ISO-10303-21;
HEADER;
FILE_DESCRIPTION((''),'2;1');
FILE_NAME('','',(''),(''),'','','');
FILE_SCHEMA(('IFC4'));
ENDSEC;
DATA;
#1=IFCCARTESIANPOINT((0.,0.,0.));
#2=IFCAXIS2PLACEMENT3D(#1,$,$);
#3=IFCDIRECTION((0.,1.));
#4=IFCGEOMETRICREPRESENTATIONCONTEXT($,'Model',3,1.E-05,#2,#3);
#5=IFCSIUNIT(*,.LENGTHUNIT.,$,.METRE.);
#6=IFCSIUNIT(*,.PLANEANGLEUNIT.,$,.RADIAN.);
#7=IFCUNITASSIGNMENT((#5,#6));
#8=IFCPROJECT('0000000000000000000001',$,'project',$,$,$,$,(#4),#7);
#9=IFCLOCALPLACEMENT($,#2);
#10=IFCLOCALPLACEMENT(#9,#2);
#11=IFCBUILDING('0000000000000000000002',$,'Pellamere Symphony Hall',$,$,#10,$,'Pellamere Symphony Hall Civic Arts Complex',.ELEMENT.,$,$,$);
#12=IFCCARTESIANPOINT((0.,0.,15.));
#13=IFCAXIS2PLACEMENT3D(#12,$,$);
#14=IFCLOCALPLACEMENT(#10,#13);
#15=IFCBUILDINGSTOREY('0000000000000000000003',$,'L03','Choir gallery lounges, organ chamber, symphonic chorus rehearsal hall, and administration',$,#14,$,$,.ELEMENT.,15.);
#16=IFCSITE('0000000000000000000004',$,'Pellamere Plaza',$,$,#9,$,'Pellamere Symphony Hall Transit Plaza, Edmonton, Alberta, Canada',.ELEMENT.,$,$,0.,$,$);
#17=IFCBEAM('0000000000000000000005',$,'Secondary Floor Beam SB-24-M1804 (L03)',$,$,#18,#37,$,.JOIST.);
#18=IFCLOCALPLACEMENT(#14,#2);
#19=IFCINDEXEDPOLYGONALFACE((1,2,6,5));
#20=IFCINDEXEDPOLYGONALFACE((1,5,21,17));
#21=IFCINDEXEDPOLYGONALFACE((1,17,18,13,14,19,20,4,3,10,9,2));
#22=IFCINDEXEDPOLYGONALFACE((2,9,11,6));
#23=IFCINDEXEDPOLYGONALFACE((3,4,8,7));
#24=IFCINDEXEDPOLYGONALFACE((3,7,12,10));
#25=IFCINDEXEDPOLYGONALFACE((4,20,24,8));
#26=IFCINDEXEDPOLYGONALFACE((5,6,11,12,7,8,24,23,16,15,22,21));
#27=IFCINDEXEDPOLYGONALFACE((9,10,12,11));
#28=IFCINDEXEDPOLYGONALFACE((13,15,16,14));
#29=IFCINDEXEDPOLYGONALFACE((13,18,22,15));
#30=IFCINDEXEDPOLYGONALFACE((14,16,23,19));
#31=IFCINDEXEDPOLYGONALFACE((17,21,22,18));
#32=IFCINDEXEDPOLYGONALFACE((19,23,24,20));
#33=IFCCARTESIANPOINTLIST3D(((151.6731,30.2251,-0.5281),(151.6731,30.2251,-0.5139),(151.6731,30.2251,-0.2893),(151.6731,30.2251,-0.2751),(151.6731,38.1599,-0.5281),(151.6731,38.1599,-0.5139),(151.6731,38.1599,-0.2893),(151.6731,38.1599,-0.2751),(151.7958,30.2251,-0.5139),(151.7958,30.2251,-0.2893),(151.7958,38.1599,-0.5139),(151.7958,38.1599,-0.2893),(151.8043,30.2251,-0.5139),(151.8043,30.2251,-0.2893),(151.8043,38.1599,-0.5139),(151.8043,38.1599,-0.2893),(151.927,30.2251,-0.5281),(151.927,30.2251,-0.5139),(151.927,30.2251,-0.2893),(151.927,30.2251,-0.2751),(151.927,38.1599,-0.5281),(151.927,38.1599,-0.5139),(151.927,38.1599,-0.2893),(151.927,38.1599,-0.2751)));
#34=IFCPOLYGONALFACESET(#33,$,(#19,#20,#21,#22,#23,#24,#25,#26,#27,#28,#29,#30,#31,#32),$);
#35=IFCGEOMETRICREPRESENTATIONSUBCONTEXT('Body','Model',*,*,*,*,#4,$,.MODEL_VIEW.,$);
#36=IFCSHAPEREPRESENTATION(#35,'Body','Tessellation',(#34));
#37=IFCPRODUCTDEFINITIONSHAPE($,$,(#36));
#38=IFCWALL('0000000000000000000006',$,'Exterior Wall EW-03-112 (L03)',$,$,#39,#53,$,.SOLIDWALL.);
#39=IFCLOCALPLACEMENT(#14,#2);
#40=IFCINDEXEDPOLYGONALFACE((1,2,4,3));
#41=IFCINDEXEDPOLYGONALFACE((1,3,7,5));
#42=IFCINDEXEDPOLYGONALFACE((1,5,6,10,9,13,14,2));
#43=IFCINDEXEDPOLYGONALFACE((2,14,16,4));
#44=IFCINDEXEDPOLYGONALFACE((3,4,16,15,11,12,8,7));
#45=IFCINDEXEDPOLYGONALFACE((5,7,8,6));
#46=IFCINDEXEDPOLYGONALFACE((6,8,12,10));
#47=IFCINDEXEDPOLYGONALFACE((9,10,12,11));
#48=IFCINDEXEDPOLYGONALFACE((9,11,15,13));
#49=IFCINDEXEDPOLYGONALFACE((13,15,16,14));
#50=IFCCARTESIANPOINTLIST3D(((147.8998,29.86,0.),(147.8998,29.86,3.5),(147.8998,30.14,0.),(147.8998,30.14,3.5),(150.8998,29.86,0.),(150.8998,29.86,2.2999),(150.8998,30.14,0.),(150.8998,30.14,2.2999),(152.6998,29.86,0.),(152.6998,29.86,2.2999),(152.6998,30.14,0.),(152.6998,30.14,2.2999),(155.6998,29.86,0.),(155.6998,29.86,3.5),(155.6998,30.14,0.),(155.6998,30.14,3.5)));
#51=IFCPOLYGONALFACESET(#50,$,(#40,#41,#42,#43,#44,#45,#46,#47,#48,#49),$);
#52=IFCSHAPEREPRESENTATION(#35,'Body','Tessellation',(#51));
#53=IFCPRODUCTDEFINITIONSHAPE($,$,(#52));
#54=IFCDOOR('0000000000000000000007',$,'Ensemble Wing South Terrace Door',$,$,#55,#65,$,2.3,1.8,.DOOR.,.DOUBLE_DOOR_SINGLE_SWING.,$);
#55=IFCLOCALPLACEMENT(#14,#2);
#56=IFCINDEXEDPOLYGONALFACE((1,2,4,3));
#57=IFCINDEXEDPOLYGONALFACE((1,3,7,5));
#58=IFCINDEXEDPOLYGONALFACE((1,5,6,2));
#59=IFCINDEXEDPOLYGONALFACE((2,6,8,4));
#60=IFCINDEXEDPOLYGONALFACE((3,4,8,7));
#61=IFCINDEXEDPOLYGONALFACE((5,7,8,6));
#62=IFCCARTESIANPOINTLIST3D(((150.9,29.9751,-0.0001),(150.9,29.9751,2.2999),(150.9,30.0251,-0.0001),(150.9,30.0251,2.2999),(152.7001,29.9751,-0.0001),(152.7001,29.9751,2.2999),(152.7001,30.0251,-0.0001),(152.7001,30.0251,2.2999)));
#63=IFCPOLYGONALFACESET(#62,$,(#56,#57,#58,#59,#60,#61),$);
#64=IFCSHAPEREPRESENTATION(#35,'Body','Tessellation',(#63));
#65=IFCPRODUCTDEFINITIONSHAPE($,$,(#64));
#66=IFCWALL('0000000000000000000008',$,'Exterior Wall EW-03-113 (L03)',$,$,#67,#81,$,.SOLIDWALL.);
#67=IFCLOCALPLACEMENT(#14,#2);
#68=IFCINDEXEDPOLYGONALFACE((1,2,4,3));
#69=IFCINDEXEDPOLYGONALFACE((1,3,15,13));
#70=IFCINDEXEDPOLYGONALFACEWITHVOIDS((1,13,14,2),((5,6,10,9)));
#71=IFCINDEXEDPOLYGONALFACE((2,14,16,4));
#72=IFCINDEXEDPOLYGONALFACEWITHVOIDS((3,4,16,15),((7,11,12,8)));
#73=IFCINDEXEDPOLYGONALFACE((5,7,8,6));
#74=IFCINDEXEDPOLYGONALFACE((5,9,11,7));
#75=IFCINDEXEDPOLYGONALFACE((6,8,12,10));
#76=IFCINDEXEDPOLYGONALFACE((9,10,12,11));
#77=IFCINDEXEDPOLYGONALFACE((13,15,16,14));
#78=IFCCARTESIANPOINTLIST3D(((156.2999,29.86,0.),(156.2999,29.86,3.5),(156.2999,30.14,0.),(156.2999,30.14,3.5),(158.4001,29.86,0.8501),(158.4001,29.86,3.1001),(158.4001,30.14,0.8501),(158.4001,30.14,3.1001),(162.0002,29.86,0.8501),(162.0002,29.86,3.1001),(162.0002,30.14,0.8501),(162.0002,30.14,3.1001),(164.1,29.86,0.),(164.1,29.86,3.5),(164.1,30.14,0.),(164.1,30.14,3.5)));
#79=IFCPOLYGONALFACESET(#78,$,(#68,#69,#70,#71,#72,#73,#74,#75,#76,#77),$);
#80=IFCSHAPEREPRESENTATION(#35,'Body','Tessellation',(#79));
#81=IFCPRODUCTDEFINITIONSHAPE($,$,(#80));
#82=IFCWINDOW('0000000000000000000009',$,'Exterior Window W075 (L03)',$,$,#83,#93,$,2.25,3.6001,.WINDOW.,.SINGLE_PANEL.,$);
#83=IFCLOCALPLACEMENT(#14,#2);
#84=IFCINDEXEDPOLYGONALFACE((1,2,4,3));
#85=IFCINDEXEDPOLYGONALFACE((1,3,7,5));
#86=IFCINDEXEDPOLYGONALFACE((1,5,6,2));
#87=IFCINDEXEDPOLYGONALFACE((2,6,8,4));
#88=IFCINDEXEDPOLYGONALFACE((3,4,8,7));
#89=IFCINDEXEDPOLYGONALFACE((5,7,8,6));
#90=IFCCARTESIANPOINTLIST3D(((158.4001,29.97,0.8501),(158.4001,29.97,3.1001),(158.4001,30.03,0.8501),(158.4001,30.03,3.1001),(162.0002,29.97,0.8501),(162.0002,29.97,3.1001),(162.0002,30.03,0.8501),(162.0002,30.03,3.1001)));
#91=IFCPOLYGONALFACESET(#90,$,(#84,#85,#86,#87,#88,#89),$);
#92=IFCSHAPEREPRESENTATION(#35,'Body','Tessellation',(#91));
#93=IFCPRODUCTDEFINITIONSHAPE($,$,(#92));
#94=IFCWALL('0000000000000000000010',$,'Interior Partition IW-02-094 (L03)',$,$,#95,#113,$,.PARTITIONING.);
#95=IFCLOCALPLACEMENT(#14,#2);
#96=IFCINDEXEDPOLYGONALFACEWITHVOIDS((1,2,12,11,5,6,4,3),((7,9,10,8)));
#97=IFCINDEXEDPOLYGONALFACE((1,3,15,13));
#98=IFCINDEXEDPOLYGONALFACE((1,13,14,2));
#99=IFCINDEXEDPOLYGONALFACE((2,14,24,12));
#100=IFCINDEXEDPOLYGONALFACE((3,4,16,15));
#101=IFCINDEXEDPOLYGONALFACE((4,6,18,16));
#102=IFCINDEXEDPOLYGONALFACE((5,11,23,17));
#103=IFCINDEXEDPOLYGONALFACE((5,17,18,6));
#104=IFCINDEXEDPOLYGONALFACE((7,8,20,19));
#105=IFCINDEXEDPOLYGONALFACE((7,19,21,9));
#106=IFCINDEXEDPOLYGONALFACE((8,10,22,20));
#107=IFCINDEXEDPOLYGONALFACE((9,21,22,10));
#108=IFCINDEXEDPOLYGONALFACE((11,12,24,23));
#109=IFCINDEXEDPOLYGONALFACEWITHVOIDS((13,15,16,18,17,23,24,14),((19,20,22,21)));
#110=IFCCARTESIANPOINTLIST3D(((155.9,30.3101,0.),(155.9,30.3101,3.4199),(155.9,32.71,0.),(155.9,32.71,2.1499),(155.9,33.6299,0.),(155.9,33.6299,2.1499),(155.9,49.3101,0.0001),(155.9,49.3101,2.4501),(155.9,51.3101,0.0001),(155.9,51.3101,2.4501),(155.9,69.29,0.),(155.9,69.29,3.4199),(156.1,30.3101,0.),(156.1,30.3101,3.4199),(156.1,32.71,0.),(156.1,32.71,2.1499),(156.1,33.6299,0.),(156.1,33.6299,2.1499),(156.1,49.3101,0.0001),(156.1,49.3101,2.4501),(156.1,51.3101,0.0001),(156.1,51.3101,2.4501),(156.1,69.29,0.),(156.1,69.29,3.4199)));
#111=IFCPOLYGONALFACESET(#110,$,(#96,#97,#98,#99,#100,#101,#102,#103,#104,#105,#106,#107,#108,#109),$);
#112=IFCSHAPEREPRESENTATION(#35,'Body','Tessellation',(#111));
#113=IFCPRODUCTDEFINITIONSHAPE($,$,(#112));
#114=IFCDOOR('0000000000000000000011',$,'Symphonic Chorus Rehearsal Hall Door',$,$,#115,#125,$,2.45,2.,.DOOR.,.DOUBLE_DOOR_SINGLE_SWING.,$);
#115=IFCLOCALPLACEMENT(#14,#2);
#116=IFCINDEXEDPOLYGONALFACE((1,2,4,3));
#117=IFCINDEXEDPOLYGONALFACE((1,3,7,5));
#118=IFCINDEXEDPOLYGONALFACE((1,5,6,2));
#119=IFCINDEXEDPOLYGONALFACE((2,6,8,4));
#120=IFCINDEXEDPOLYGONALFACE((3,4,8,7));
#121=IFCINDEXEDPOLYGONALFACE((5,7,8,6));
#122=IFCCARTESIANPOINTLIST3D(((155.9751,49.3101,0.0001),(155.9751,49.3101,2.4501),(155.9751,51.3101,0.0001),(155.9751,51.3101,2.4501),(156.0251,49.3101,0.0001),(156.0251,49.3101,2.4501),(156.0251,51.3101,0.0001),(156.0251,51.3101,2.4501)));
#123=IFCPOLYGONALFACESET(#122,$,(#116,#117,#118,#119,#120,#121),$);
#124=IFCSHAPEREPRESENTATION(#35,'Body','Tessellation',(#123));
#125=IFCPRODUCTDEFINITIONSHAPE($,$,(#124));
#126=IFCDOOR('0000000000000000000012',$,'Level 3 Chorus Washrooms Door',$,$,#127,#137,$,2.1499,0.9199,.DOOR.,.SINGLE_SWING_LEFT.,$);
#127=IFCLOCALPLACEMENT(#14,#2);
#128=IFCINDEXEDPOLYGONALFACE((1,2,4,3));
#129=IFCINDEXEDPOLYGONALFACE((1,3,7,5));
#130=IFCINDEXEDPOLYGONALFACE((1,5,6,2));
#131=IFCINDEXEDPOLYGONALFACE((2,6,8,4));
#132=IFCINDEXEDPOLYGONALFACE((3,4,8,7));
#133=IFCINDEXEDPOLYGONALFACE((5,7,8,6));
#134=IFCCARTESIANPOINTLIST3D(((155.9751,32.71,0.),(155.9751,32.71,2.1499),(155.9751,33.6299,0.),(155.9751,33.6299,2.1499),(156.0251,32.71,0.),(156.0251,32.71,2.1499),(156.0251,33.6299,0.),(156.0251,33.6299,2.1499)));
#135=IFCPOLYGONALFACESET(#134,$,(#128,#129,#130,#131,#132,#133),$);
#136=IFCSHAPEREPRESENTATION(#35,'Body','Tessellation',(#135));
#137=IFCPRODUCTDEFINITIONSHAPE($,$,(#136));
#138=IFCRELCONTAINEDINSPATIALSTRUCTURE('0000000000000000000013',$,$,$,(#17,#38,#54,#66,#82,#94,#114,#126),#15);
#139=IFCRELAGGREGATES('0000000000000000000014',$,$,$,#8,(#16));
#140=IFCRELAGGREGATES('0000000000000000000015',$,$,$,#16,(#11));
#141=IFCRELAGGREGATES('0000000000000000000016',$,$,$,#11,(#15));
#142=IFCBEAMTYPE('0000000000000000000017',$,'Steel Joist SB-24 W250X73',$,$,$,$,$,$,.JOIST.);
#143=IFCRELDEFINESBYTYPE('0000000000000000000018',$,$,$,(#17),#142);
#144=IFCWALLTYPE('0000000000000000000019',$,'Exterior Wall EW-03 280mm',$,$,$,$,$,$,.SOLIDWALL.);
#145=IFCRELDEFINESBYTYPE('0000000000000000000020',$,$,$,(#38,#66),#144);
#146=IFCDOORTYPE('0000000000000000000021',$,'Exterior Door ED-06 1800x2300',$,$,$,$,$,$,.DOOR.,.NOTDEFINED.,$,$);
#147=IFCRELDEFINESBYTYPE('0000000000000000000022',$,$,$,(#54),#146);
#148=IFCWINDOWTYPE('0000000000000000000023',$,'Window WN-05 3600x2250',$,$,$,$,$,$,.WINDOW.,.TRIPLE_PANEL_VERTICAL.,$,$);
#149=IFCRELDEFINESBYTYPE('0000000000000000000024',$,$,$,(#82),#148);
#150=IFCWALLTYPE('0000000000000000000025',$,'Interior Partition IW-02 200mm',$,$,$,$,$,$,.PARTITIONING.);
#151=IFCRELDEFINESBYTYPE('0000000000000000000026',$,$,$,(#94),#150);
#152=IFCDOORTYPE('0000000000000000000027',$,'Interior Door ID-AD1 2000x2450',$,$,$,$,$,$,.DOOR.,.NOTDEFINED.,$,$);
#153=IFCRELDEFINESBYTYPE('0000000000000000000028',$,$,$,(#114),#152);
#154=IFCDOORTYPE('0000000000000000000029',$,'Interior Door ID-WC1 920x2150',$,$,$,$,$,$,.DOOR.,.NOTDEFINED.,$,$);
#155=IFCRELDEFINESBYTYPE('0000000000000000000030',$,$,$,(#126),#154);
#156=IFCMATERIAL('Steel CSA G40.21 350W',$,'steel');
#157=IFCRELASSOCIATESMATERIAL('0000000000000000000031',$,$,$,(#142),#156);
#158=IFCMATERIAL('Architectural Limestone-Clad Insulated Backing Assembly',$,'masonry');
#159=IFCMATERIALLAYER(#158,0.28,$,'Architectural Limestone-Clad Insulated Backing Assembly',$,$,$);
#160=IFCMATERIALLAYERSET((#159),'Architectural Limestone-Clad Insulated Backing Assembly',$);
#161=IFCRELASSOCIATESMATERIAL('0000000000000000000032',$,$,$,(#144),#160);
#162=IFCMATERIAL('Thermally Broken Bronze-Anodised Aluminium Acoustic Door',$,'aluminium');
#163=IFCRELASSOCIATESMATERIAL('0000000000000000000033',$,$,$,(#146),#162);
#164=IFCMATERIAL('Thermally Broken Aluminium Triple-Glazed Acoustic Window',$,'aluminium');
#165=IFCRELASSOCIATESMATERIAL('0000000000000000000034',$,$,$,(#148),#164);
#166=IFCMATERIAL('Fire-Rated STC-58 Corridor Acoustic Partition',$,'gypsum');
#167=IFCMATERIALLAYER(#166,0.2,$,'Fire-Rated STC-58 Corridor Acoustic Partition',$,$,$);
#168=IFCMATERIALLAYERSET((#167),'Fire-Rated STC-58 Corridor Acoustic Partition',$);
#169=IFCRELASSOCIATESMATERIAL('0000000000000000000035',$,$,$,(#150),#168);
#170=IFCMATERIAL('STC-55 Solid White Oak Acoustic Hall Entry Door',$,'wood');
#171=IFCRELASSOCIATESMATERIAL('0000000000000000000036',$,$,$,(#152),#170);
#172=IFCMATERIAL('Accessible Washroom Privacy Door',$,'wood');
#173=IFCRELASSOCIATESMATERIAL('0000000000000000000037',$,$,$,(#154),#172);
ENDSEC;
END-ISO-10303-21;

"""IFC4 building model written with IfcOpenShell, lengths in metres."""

from ifc_helpers import new_model, si_unit, direction, frame, frame_2d, origin, origin_2d, place, context, subcontext, project, spatial, rectangle, i_section, extrude, material, layer, layer_set, material_profile, profile_set, type_object, element, fill, save


model = new_model("IFC4")

# Units and contexts
model_context = context("Model", 3, precision=1e-05, world=origin(), true_north=direction((0.0, 1.0)))
body_context = subcontext(model_context, "Body", "Model", "MODEL_VIEW")
ifc_project = project(units=[si_unit("LENGTHUNIT", "METRE"), si_unit("PLANEANGLEUNIT", "RADIAN")], contexts=[model_context])

# Site, building, storey
site_placement = place(None, origin())
site = spatial("IfcSite", under=ifc_project, at=site_placement, Name="Pellamere Plaza", LongName="Pellamere Symphony Hall Transit Plaza, Edmonton, Alberta, Canada", CompositionType="ELEMENT", RefElevation=0.0)
building_placement = place(site_placement, origin())
building = spatial("IfcBuilding", under=site, at=building_placement, Name="Pellamere Symphony Hall", LongName="Pellamere Symphony Hall Civic Arts Complex", CompositionType="ELEMENT")
storey_placement = place(building_placement, frame((0.0, 0.0, 15.0)))
storey = spatial("IfcBuildingStorey", under=building, at=storey_placement, Name="L03", Description="Choir gallery lounges, organ chamber, symphonic chorus rehearsal hall, and administration", CompositionType="ELEMENT", Elevation=15.0)

# Beam
ifc_material_1 = material(Name="Steel CSA G40.21 350W", Category="steel")
ifc_material_profile_1 = material_profile(ifc_material_1, i_section(OverallWidth=0.2539, OverallDepth=0.2529, WebThickness=0.0085, FlangeThickness=0.0142, at=origin_2d()), Name="W250X73")
ifc_profile_set_1 = profile_set([ifc_material_profile_1], Name="Steel CSA G40.21 350W")
beam_type_1 = type_object("IfcBeamType", Name="Steel Joist SB-24 W250X73", PredefinedType="JOIST", material=ifc_profile_set_1)
beam_1_placement = place(storey_placement, frame((151.8, 30.2251, -0.4016), z_axis=(0.0, 1.0, 0.0), x_axis=(-1.0, 0.0, 0.0)))
element("IfcBeam", 1, at=beam_1_placement, inside=storey, type_object=beam_type_1, Name="Secondary Floor Beam SB-24-M1804 (L03)", PredefinedType="JOIST", context=body_context, shape_type="SweptSolid", body=[
    extrude(i_section(OverallWidth=0.2539, OverallDepth=0.2529, WebThickness=0.0085, FlangeThickness=0.0142, at=origin_2d()), origin(), (0.0, 0.0, 1.0), 7.9348),
])

# Wall, opening, door
ifc_material_2 = material(Name="Architectural Limestone-Clad Insulated Backing Assembly", Category="masonry")
ifc_layer_1 = layer(ifc_material_2, 0.28, Name="Architectural Limestone-Clad Insulated Backing Assembly")
ifc_layer_set_1 = layer_set([ifc_layer_1], Name="Architectural Limestone-Clad Insulated Backing Assembly")
wall_type_1 = type_object("IfcWallType", Name="Exterior Wall EW-03 280mm", PredefinedType="SOLIDWALL", material=ifc_layer_set_1)
wall_1_placement = place(storey_placement, frame((147.8999, 30.0, 0.0), z_axis=(0.0, 0.0, 1.0), x_axis=(1.0, 0.0, 0.0)))
wall_1 = element("IfcWall", 2, at=wall_1_placement, inside=storey, type_object=wall_type_1, Name="Exterior Wall EW-03-112 (L03)", PredefinedType="SOLIDWALL", context=body_context, shape_type="SweptSolid", body=[
    extrude(rectangle(XDim=7.8, YDim=0.28, at=frame_2d((3.8999, 0.0))), origin(), (0.0, 0.0, 1.0), 3.5),
])
opening_1_placement = place(wall_1_placement, frame((3.0, 0.0, 0.0)))
opening_1 = element("IfcOpeningElement", 3, at=opening_1_placement, cuts=wall_1, PredefinedType="OPENING", context=body_context, shape_type="SweptSolid", body=[
    extrude(rectangle(XDim=1.8, YDim=2.3, at=frame_2d((0.8999, 1.1499))), frame((0.0, 0.1499, 0.0), z_axis=(0.0, -1.0, 0.0), x_axis=(1.0, 0.0, 0.0)), (0.0, 0.0, 1.0), 0.3),
])
ifc_material_3 = material(Name="Thermally Broken Bronze-Anodised Aluminium Acoustic Door", Category="aluminium")
door_type_1 = type_object("IfcDoorType", Name="Exterior Door ED-06 1800x2300", OperationType="NOTDEFINED", PredefinedType="DOOR", material=ifc_material_3)
door_1_placement = place(opening_1_placement, frame((1.8, 0.0, 0.0), z_axis=(0.0, 0.0, 1.0), x_axis=(-1.0, 0.0, 0.0)))
door_1 = element("IfcDoor", 4, at=door_1_placement, inside=storey, type_object=door_type_1, Name="Ensemble Wing South Terrace Door", OperationType="DOUBLE_DOOR_SINGLE_SWING", OverallHeight=2.3, OverallWidth=1.8, PredefinedType="DOOR", context=body_context, shape_type="SweptSolid", body=[
    extrude(rectangle(XDim=1.8, YDim=2.3, at=frame_2d((0.8999, 1.1499))), frame((0.0, 0.0249, 0.0), z_axis=(0.0, -1.0, 0.0), x_axis=(1.0, 0.0, 0.0)), (0.0, 0.0, 1.0), 0.05),
])
fill(opening_1, door_1)

# Wall, opening, window
wall_2_placement = place(storey_placement, frame((156.3, 30.0, 0.0), z_axis=(0.0, 0.0, 1.0), x_axis=(1.0, 0.0, 0.0)))
wall_2 = element("IfcWall", 5, at=wall_2_placement, inside=storey, type_object=wall_type_1, Name="Exterior Wall EW-03-113 (L03)", PredefinedType="SOLIDWALL", context=body_context, shape_type="SweptSolid", body=[
    extrude(rectangle(XDim=7.8, YDim=0.28, at=frame_2d((3.8999, 0.0))), origin(), (0.0, 0.0, 1.0), 3.5),
])
opening_2_placement = place(wall_2_placement, frame((2.1001, 0.0, 0.8501)))
opening_2 = element("IfcOpeningElement", 6, at=opening_2_placement, cuts=wall_2, PredefinedType="OPENING", context=body_context, shape_type="SweptSolid", body=[
    extrude(rectangle(XDim=3.6001, YDim=2.25, at=frame_2d((1.8, 1.125))), frame((0.0, 0.1499, 0.0), z_axis=(0.0, -1.0, 0.0), x_axis=(1.0, 0.0, 0.0)), (0.0, 0.0, 1.0), 0.3),
])
ifc_material_4 = material(Name="Thermally Broken Aluminium Triple-Glazed Acoustic Window", Category="aluminium")
window_type = type_object("IfcWindowType", Name="Window WN-05 3600x2250", PartitioningType="TRIPLE_PANEL_VERTICAL", PredefinedType="WINDOW", material=ifc_material_4)
window_placement = place(opening_2_placement, origin())
window = element("IfcWindow", 7, at=window_placement, inside=storey, type_object=window_type, Name="Exterior Window W075 (L03)", OverallHeight=2.25, OverallWidth=3.6001, PartitioningType="SINGLE_PANEL", PredefinedType="WINDOW", context=body_context, shape_type="SweptSolid", body=[
    extrude(rectangle(XDim=3.6001, YDim=2.25, at=frame_2d((1.8, 1.125))), frame((0.0, 0.03, 0.0), z_axis=(0.0, -1.0, 0.0), x_axis=(1.0, 0.0, 0.0)), (0.0, 0.0, 1.0), 0.0601),
])
fill(opening_2, window)

# Wall, openings, doors
ifc_material_5 = material(Name="Fire-Rated STC-58 Corridor Acoustic Partition", Category="gypsum")
ifc_layer_2 = layer(ifc_material_5, 0.2, Name="Fire-Rated STC-58 Corridor Acoustic Partition")
ifc_layer_set_2 = layer_set([ifc_layer_2], Name="Fire-Rated STC-58 Corridor Acoustic Partition")
wall_type_2 = type_object("IfcWallType", Name="Interior Partition IW-02 200mm", PredefinedType="PARTITIONING", material=ifc_layer_set_2)
wall_3_placement = place(storey_placement, frame((156.0, 30.3101, 0.0), z_axis=(0.0, 0.0, 1.0), x_axis=(0.0, 1.0, 0.0)))
wall_3 = element("IfcWall", 8, at=wall_3_placement, inside=storey, type_object=wall_type_2, Name="Interior Partition IW-02-094 (L03)", PredefinedType="PARTITIONING", context=body_context, shape_type="SweptSolid", body=[
    extrude(rectangle(XDim=38.98, YDim=0.2, at=frame_2d((19.49, 0.0))), origin(), (0.0, 0.0, 1.0), 3.4199),
])
opening_3_placement = place(wall_3_placement, frame((2.3999, 0.0, 0.0)))
opening_3 = element("IfcOpeningElement", 9, at=opening_3_placement, cuts=wall_3, PredefinedType="OPENING", context=body_context, shape_type="SweptSolid", body=[
    extrude(rectangle(XDim=0.9199, YDim=2.1499, at=frame_2d((0.46, 1.075))), frame((0.0, 0.1099, 0.0), z_axis=(0.0, -1.0, 0.0), x_axis=(1.0, 0.0, 0.0)), (0.0, 0.0, 1.0), 0.22),
])
opening_4_placement = place(wall_3_placement, frame((19.0, 0.0, 0.0)))
opening_4 = element("IfcOpeningElement", 10, at=opening_4_placement, cuts=wall_3, PredefinedType="OPENING", context=body_context, shape_type="SweptSolid", body=[
    extrude(rectangle(XDim=2.0, YDim=2.45, at=frame_2d((1.0, 1.2251))), frame((0.0, 0.1099, 0.0), z_axis=(0.0, -1.0, 0.0), x_axis=(1.0, 0.0, 0.0)), (0.0, 0.0, 1.0), 0.22),
])
ifc_material_6 = material(Name="STC-55 Solid White Oak Acoustic Hall Entry Door", Category="wood")
door_type_2 = type_object("IfcDoorType", Name="Interior Door ID-AD1 2000x2450", OperationType="NOTDEFINED", PredefinedType="DOOR", material=ifc_material_6)
door_2_placement = place(opening_4_placement, origin())
door_2 = element("IfcDoor", 11, at=door_2_placement, inside=storey, type_object=door_type_2, Name="Symphonic Chorus Rehearsal Hall Door", OperationType="DOUBLE_DOOR_SINGLE_SWING", OverallHeight=2.45, OverallWidth=2.0, PredefinedType="DOOR", context=body_context, shape_type="SweptSolid", body=[
    extrude(rectangle(XDim=2.0, YDim=2.45, at=frame_2d((1.0, 1.2251))), frame((0.0, 0.0249, 0.0), z_axis=(0.0, -1.0, 0.0), x_axis=(1.0, 0.0, 0.0)), (0.0, 0.0, 1.0), 0.05),
])
fill(opening_4, door_2)
ifc_material_7 = material(Name="Accessible Washroom Privacy Door", Category="wood")
door_type_3 = type_object("IfcDoorType", Name="Interior Door ID-WC1 920x2150", OperationType="NOTDEFINED", PredefinedType="DOOR", material=ifc_material_7)
door_3_placement = place(opening_3_placement, origin())
door_3 = element("IfcDoor", 12, at=door_3_placement, inside=storey, type_object=door_type_3, Name="Level 3 Chorus Washrooms Door", OperationType="SINGLE_SWING_LEFT", OverallHeight=2.1499, OverallWidth=0.9199, PredefinedType="DOOR", context=body_context, shape_type="SweptSolid", body=[
    extrude(rectangle(XDim=0.9199, YDim=2.1499, at=frame_2d((0.46, 1.075))), frame((0.0, 0.0249, 0.0), z_axis=(0.0, -1.0, 0.0), x_axis=(1.0, 0.0, 0.0)), (0.0, 0.0, 1.0), 0.05),
])
fill(opening_3, door_3)

save(model, "model.ifc")
